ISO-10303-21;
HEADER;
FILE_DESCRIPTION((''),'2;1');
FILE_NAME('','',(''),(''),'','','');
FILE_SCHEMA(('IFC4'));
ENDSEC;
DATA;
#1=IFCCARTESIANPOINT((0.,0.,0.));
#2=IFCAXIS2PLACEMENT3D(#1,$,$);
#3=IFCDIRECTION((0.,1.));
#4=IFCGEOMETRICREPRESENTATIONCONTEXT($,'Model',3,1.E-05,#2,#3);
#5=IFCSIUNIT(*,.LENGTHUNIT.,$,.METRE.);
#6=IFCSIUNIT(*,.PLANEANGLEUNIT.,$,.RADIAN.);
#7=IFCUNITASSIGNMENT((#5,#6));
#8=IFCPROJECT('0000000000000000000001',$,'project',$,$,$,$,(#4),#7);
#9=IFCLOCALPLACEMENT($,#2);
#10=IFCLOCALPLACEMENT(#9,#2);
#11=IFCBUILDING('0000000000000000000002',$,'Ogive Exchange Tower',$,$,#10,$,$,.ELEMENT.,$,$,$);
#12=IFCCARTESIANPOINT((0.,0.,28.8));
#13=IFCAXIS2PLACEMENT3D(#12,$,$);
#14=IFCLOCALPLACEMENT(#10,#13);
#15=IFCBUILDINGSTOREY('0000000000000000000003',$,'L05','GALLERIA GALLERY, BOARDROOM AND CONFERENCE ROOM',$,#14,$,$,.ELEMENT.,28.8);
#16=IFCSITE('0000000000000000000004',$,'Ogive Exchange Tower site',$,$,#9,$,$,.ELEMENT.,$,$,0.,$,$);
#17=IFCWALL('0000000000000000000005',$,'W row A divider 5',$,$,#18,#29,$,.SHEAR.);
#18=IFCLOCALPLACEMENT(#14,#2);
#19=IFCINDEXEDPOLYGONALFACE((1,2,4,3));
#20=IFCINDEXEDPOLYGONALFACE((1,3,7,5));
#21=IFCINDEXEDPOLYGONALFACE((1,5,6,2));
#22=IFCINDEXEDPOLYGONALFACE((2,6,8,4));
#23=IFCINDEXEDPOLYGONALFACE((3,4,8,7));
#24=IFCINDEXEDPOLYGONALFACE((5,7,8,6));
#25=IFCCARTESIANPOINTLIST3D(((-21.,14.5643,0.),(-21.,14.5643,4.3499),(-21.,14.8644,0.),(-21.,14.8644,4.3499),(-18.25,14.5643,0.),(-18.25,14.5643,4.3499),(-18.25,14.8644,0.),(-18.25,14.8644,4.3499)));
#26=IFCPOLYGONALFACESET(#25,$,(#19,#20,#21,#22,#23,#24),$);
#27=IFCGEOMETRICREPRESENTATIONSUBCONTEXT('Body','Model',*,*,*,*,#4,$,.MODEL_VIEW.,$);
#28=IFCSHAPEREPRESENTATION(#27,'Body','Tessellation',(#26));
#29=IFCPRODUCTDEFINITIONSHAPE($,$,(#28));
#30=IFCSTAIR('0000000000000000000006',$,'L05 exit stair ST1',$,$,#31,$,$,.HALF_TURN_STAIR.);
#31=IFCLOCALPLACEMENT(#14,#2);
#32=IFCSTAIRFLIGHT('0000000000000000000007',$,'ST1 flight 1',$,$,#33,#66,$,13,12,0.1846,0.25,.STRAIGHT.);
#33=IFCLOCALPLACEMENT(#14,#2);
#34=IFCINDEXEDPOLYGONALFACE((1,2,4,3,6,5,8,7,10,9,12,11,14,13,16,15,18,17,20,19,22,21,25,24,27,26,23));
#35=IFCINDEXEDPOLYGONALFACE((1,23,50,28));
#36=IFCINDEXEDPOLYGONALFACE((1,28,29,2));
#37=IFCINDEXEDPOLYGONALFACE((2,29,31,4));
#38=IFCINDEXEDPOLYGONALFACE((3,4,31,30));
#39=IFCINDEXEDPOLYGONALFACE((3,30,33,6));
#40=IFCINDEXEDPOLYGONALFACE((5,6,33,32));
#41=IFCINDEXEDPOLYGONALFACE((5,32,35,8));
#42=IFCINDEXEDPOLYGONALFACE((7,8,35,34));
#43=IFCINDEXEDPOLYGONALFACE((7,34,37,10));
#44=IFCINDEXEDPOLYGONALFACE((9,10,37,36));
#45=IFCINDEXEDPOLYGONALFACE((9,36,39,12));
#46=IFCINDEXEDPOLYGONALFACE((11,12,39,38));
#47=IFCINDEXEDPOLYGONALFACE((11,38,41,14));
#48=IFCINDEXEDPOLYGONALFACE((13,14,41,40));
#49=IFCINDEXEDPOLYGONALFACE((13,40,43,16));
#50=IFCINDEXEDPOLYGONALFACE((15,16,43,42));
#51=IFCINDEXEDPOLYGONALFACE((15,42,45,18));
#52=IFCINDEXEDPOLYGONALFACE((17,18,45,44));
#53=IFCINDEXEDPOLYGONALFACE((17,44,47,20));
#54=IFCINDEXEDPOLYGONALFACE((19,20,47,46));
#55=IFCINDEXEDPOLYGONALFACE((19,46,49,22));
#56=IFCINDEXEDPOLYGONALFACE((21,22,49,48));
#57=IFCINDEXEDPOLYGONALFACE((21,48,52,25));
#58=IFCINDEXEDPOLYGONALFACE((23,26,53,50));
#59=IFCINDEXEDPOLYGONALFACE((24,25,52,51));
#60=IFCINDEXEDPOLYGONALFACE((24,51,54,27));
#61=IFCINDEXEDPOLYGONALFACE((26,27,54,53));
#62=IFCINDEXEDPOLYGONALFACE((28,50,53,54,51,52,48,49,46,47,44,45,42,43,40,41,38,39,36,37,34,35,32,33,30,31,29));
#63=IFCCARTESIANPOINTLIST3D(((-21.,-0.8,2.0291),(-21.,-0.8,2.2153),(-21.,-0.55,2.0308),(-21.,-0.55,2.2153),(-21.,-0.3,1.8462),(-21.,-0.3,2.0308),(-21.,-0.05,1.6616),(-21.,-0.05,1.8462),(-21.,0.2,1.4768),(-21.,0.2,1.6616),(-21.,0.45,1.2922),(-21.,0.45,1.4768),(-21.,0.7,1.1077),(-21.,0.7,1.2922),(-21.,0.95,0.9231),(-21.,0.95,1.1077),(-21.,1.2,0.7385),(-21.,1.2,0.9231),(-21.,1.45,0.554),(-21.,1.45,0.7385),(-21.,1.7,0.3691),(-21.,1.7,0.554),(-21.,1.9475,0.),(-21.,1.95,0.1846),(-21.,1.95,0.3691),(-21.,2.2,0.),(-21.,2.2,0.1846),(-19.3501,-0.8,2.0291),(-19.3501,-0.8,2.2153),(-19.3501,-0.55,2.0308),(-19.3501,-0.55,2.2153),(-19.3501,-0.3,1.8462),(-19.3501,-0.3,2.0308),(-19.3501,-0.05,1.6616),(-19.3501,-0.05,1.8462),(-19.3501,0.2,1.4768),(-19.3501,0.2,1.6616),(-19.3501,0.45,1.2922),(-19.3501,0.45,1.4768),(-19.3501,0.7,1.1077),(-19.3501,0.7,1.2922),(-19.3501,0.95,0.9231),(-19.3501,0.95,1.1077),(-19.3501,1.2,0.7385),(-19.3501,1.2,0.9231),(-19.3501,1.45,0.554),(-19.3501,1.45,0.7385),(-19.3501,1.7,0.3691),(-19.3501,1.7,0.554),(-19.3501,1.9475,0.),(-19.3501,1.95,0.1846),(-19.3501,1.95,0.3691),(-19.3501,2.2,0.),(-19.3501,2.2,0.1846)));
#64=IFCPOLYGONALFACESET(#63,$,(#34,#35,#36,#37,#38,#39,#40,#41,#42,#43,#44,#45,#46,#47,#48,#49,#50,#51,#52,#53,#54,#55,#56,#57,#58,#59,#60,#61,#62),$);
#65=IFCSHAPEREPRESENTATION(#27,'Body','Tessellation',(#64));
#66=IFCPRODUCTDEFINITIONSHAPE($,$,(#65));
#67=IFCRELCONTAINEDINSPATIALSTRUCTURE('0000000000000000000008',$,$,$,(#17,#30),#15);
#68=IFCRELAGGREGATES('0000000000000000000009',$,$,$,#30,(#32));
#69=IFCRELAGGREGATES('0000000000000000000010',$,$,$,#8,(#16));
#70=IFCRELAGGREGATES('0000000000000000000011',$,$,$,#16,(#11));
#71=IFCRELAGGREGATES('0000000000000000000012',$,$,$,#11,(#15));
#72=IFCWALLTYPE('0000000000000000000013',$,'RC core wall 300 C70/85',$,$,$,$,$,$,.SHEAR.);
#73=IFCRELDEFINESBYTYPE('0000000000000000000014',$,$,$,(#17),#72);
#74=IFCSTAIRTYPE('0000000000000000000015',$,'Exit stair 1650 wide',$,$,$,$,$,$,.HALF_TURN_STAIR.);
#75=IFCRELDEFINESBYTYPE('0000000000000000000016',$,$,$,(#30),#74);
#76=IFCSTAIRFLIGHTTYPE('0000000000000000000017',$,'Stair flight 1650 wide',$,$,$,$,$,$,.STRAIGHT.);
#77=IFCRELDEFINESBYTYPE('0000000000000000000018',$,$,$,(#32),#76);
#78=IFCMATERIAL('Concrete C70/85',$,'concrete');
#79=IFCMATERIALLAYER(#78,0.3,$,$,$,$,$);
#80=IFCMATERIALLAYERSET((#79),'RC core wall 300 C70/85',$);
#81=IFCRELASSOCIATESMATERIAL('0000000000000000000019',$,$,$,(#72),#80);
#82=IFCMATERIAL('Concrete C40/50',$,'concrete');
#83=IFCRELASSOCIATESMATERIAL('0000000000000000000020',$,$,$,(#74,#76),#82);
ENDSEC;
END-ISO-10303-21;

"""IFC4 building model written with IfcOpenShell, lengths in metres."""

from ifc_helpers import new_model, si_unit, direction, frame, frame_2d, origin, place, context, subcontext, project, spatial, polyline, rectangle, outline, extrude, material, layer, layer_set, type_object, element, aggregate, save


model = new_model("IFC4")

# Units and contexts
model_context = context("Model", 3, precision=1e-05, world=origin(), true_north=direction((0.0, 1.0)))
body_context = subcontext(model_context, "Body", "Model", "MODEL_VIEW")
ifc_project = project(units=[si_unit("LENGTHUNIT", "METRE"), si_unit("PLANEANGLEUNIT", "RADIAN")], contexts=[model_context])

# Site, building, storey
site_placement = place(None, origin())
site = spatial("IfcSite", under=ifc_project, at=site_placement, Name="Ogive Exchange Tower site", CompositionType="ELEMENT", RefElevation=0.0)
building_placement = place(site_placement, origin())
building = spatial("IfcBuilding", under=site, at=building_placement, Name="Ogive Exchange Tower", CompositionType="ELEMENT")
storey_placement = place(building_placement, frame((0.0, 0.0, 28.8)))
storey = spatial("IfcBuildingStorey", under=building, at=storey_placement, Name="L05", Description="GALLERIA GALLERY, BOARDROOM AND CONFERENCE ROOM", CompositionType="ELEMENT", Elevation=28.8)

# Shared definitions
ifc_material_1 = material(Name="Concrete C70/85", Category="concrete")

# Wall
ifc_layer_1 = layer(ifc_material_1, 0.3)
ifc_layer_set_1 = layer_set([ifc_layer_1], Name="RC core wall 300 C70/85")
wall_type_1 = type_object("IfcWallType", Name="RC core wall 300 C70/85", PredefinedType="SHEAR", material=ifc_layer_set_1)
for number, where, z_axis, x_axis, name in (
    (1, (-21.0, 14.7144, 0.0), (0.0, 0.0, 1.0), (1.0, 0.0, 0.0), "W row A divider 5"),
):
    element("IfcWall", number, at=place(storey_placement, frame(where, z_axis=z_axis, x_axis=x_axis)), inside=storey, type_object=wall_type_1, Name=name, PredefinedType="SHEAR", context=body_context, shape_type="SweptSolid", body=[
        extrude(rectangle(XDim=2.75, YDim=0.3, at=frame_2d((1.375, 0.0))), origin(), (0.0, 0.0, 1.0), 4.3499),
    ])

# Stair, stair flight
ifc_material_2 = material(Name="Concrete C40/50", Category="concrete")
stair_type = type_object("IfcStairType", Name="Exit stair 1650 wide", PredefinedType="HALF_TURN_STAIR", material=ifc_material_2)
stair_placement = place(storey_placement, origin())
stair = element("IfcStair", 2, at=stair_placement, inside=storey, type_object=stair_type, Name="L05 exit stair ST1", PredefinedType="HALF_TURN_STAIR")
stair_flight_type = type_object("IfcStairFlightType", Name="Stair flight 1650 wide", PredefinedType="STRAIGHT", material=ifc_material_2)
stair_flight_placement = place(storey_placement, frame((-20.175, 2.2, 0.0), z_axis=(0.0, 0.0, 1.0), x_axis=(0.0, -1.0, 0.0)))
stair_flight = element("IfcStairFlight", 3, at=stair_flight_placement, type_object=stair_flight_type, Name="ST1 flight 1", NumberOfRisers=13, NumberOfTreads=12, PredefinedType="STRAIGHT", RiserHeight=0.1846, TreadLength=0.25, context=body_context, shape_type="SweptSolid", body=[
    extrude(outline(polyline([(0.0, 0.0), (0.0, 0.1846), (0.25, 0.1846), (0.25, 0.3691), (0.5, 0.3691), (0.5, 0.554), (0.75, 0.554), (0.75, 0.7385), (1.0, 0.7385), (1.0, 0.9231), (1.25, 0.9231), (1.25, 1.1077), (1.5, 1.1077), (1.5, 1.2922), (1.75, 1.2922), (1.75, 1.4768), (2.0, 1.4768), (2.0, 1.6616), (2.25, 1.6616), (2.25, 1.8462), (2.5, 1.8462), (2.5, 2.0308), (2.75, 2.0308), (2.75, 2.2153), (3.0, 2.2153), (3.0, 2.3999), (3.0, 2.0291), (0.2524, 0.0), (0.0, 0.0)])), frame((0.0, 0.825, 0.0), z_axis=(0.0, -1.0, 0.0), x_axis=(1.0, 0.0, 0.0)), (0.0, 0.0, 1.0), 1.6499),
])
aggregate(stair, [stair_flight])

save(model, "model.ifc")
